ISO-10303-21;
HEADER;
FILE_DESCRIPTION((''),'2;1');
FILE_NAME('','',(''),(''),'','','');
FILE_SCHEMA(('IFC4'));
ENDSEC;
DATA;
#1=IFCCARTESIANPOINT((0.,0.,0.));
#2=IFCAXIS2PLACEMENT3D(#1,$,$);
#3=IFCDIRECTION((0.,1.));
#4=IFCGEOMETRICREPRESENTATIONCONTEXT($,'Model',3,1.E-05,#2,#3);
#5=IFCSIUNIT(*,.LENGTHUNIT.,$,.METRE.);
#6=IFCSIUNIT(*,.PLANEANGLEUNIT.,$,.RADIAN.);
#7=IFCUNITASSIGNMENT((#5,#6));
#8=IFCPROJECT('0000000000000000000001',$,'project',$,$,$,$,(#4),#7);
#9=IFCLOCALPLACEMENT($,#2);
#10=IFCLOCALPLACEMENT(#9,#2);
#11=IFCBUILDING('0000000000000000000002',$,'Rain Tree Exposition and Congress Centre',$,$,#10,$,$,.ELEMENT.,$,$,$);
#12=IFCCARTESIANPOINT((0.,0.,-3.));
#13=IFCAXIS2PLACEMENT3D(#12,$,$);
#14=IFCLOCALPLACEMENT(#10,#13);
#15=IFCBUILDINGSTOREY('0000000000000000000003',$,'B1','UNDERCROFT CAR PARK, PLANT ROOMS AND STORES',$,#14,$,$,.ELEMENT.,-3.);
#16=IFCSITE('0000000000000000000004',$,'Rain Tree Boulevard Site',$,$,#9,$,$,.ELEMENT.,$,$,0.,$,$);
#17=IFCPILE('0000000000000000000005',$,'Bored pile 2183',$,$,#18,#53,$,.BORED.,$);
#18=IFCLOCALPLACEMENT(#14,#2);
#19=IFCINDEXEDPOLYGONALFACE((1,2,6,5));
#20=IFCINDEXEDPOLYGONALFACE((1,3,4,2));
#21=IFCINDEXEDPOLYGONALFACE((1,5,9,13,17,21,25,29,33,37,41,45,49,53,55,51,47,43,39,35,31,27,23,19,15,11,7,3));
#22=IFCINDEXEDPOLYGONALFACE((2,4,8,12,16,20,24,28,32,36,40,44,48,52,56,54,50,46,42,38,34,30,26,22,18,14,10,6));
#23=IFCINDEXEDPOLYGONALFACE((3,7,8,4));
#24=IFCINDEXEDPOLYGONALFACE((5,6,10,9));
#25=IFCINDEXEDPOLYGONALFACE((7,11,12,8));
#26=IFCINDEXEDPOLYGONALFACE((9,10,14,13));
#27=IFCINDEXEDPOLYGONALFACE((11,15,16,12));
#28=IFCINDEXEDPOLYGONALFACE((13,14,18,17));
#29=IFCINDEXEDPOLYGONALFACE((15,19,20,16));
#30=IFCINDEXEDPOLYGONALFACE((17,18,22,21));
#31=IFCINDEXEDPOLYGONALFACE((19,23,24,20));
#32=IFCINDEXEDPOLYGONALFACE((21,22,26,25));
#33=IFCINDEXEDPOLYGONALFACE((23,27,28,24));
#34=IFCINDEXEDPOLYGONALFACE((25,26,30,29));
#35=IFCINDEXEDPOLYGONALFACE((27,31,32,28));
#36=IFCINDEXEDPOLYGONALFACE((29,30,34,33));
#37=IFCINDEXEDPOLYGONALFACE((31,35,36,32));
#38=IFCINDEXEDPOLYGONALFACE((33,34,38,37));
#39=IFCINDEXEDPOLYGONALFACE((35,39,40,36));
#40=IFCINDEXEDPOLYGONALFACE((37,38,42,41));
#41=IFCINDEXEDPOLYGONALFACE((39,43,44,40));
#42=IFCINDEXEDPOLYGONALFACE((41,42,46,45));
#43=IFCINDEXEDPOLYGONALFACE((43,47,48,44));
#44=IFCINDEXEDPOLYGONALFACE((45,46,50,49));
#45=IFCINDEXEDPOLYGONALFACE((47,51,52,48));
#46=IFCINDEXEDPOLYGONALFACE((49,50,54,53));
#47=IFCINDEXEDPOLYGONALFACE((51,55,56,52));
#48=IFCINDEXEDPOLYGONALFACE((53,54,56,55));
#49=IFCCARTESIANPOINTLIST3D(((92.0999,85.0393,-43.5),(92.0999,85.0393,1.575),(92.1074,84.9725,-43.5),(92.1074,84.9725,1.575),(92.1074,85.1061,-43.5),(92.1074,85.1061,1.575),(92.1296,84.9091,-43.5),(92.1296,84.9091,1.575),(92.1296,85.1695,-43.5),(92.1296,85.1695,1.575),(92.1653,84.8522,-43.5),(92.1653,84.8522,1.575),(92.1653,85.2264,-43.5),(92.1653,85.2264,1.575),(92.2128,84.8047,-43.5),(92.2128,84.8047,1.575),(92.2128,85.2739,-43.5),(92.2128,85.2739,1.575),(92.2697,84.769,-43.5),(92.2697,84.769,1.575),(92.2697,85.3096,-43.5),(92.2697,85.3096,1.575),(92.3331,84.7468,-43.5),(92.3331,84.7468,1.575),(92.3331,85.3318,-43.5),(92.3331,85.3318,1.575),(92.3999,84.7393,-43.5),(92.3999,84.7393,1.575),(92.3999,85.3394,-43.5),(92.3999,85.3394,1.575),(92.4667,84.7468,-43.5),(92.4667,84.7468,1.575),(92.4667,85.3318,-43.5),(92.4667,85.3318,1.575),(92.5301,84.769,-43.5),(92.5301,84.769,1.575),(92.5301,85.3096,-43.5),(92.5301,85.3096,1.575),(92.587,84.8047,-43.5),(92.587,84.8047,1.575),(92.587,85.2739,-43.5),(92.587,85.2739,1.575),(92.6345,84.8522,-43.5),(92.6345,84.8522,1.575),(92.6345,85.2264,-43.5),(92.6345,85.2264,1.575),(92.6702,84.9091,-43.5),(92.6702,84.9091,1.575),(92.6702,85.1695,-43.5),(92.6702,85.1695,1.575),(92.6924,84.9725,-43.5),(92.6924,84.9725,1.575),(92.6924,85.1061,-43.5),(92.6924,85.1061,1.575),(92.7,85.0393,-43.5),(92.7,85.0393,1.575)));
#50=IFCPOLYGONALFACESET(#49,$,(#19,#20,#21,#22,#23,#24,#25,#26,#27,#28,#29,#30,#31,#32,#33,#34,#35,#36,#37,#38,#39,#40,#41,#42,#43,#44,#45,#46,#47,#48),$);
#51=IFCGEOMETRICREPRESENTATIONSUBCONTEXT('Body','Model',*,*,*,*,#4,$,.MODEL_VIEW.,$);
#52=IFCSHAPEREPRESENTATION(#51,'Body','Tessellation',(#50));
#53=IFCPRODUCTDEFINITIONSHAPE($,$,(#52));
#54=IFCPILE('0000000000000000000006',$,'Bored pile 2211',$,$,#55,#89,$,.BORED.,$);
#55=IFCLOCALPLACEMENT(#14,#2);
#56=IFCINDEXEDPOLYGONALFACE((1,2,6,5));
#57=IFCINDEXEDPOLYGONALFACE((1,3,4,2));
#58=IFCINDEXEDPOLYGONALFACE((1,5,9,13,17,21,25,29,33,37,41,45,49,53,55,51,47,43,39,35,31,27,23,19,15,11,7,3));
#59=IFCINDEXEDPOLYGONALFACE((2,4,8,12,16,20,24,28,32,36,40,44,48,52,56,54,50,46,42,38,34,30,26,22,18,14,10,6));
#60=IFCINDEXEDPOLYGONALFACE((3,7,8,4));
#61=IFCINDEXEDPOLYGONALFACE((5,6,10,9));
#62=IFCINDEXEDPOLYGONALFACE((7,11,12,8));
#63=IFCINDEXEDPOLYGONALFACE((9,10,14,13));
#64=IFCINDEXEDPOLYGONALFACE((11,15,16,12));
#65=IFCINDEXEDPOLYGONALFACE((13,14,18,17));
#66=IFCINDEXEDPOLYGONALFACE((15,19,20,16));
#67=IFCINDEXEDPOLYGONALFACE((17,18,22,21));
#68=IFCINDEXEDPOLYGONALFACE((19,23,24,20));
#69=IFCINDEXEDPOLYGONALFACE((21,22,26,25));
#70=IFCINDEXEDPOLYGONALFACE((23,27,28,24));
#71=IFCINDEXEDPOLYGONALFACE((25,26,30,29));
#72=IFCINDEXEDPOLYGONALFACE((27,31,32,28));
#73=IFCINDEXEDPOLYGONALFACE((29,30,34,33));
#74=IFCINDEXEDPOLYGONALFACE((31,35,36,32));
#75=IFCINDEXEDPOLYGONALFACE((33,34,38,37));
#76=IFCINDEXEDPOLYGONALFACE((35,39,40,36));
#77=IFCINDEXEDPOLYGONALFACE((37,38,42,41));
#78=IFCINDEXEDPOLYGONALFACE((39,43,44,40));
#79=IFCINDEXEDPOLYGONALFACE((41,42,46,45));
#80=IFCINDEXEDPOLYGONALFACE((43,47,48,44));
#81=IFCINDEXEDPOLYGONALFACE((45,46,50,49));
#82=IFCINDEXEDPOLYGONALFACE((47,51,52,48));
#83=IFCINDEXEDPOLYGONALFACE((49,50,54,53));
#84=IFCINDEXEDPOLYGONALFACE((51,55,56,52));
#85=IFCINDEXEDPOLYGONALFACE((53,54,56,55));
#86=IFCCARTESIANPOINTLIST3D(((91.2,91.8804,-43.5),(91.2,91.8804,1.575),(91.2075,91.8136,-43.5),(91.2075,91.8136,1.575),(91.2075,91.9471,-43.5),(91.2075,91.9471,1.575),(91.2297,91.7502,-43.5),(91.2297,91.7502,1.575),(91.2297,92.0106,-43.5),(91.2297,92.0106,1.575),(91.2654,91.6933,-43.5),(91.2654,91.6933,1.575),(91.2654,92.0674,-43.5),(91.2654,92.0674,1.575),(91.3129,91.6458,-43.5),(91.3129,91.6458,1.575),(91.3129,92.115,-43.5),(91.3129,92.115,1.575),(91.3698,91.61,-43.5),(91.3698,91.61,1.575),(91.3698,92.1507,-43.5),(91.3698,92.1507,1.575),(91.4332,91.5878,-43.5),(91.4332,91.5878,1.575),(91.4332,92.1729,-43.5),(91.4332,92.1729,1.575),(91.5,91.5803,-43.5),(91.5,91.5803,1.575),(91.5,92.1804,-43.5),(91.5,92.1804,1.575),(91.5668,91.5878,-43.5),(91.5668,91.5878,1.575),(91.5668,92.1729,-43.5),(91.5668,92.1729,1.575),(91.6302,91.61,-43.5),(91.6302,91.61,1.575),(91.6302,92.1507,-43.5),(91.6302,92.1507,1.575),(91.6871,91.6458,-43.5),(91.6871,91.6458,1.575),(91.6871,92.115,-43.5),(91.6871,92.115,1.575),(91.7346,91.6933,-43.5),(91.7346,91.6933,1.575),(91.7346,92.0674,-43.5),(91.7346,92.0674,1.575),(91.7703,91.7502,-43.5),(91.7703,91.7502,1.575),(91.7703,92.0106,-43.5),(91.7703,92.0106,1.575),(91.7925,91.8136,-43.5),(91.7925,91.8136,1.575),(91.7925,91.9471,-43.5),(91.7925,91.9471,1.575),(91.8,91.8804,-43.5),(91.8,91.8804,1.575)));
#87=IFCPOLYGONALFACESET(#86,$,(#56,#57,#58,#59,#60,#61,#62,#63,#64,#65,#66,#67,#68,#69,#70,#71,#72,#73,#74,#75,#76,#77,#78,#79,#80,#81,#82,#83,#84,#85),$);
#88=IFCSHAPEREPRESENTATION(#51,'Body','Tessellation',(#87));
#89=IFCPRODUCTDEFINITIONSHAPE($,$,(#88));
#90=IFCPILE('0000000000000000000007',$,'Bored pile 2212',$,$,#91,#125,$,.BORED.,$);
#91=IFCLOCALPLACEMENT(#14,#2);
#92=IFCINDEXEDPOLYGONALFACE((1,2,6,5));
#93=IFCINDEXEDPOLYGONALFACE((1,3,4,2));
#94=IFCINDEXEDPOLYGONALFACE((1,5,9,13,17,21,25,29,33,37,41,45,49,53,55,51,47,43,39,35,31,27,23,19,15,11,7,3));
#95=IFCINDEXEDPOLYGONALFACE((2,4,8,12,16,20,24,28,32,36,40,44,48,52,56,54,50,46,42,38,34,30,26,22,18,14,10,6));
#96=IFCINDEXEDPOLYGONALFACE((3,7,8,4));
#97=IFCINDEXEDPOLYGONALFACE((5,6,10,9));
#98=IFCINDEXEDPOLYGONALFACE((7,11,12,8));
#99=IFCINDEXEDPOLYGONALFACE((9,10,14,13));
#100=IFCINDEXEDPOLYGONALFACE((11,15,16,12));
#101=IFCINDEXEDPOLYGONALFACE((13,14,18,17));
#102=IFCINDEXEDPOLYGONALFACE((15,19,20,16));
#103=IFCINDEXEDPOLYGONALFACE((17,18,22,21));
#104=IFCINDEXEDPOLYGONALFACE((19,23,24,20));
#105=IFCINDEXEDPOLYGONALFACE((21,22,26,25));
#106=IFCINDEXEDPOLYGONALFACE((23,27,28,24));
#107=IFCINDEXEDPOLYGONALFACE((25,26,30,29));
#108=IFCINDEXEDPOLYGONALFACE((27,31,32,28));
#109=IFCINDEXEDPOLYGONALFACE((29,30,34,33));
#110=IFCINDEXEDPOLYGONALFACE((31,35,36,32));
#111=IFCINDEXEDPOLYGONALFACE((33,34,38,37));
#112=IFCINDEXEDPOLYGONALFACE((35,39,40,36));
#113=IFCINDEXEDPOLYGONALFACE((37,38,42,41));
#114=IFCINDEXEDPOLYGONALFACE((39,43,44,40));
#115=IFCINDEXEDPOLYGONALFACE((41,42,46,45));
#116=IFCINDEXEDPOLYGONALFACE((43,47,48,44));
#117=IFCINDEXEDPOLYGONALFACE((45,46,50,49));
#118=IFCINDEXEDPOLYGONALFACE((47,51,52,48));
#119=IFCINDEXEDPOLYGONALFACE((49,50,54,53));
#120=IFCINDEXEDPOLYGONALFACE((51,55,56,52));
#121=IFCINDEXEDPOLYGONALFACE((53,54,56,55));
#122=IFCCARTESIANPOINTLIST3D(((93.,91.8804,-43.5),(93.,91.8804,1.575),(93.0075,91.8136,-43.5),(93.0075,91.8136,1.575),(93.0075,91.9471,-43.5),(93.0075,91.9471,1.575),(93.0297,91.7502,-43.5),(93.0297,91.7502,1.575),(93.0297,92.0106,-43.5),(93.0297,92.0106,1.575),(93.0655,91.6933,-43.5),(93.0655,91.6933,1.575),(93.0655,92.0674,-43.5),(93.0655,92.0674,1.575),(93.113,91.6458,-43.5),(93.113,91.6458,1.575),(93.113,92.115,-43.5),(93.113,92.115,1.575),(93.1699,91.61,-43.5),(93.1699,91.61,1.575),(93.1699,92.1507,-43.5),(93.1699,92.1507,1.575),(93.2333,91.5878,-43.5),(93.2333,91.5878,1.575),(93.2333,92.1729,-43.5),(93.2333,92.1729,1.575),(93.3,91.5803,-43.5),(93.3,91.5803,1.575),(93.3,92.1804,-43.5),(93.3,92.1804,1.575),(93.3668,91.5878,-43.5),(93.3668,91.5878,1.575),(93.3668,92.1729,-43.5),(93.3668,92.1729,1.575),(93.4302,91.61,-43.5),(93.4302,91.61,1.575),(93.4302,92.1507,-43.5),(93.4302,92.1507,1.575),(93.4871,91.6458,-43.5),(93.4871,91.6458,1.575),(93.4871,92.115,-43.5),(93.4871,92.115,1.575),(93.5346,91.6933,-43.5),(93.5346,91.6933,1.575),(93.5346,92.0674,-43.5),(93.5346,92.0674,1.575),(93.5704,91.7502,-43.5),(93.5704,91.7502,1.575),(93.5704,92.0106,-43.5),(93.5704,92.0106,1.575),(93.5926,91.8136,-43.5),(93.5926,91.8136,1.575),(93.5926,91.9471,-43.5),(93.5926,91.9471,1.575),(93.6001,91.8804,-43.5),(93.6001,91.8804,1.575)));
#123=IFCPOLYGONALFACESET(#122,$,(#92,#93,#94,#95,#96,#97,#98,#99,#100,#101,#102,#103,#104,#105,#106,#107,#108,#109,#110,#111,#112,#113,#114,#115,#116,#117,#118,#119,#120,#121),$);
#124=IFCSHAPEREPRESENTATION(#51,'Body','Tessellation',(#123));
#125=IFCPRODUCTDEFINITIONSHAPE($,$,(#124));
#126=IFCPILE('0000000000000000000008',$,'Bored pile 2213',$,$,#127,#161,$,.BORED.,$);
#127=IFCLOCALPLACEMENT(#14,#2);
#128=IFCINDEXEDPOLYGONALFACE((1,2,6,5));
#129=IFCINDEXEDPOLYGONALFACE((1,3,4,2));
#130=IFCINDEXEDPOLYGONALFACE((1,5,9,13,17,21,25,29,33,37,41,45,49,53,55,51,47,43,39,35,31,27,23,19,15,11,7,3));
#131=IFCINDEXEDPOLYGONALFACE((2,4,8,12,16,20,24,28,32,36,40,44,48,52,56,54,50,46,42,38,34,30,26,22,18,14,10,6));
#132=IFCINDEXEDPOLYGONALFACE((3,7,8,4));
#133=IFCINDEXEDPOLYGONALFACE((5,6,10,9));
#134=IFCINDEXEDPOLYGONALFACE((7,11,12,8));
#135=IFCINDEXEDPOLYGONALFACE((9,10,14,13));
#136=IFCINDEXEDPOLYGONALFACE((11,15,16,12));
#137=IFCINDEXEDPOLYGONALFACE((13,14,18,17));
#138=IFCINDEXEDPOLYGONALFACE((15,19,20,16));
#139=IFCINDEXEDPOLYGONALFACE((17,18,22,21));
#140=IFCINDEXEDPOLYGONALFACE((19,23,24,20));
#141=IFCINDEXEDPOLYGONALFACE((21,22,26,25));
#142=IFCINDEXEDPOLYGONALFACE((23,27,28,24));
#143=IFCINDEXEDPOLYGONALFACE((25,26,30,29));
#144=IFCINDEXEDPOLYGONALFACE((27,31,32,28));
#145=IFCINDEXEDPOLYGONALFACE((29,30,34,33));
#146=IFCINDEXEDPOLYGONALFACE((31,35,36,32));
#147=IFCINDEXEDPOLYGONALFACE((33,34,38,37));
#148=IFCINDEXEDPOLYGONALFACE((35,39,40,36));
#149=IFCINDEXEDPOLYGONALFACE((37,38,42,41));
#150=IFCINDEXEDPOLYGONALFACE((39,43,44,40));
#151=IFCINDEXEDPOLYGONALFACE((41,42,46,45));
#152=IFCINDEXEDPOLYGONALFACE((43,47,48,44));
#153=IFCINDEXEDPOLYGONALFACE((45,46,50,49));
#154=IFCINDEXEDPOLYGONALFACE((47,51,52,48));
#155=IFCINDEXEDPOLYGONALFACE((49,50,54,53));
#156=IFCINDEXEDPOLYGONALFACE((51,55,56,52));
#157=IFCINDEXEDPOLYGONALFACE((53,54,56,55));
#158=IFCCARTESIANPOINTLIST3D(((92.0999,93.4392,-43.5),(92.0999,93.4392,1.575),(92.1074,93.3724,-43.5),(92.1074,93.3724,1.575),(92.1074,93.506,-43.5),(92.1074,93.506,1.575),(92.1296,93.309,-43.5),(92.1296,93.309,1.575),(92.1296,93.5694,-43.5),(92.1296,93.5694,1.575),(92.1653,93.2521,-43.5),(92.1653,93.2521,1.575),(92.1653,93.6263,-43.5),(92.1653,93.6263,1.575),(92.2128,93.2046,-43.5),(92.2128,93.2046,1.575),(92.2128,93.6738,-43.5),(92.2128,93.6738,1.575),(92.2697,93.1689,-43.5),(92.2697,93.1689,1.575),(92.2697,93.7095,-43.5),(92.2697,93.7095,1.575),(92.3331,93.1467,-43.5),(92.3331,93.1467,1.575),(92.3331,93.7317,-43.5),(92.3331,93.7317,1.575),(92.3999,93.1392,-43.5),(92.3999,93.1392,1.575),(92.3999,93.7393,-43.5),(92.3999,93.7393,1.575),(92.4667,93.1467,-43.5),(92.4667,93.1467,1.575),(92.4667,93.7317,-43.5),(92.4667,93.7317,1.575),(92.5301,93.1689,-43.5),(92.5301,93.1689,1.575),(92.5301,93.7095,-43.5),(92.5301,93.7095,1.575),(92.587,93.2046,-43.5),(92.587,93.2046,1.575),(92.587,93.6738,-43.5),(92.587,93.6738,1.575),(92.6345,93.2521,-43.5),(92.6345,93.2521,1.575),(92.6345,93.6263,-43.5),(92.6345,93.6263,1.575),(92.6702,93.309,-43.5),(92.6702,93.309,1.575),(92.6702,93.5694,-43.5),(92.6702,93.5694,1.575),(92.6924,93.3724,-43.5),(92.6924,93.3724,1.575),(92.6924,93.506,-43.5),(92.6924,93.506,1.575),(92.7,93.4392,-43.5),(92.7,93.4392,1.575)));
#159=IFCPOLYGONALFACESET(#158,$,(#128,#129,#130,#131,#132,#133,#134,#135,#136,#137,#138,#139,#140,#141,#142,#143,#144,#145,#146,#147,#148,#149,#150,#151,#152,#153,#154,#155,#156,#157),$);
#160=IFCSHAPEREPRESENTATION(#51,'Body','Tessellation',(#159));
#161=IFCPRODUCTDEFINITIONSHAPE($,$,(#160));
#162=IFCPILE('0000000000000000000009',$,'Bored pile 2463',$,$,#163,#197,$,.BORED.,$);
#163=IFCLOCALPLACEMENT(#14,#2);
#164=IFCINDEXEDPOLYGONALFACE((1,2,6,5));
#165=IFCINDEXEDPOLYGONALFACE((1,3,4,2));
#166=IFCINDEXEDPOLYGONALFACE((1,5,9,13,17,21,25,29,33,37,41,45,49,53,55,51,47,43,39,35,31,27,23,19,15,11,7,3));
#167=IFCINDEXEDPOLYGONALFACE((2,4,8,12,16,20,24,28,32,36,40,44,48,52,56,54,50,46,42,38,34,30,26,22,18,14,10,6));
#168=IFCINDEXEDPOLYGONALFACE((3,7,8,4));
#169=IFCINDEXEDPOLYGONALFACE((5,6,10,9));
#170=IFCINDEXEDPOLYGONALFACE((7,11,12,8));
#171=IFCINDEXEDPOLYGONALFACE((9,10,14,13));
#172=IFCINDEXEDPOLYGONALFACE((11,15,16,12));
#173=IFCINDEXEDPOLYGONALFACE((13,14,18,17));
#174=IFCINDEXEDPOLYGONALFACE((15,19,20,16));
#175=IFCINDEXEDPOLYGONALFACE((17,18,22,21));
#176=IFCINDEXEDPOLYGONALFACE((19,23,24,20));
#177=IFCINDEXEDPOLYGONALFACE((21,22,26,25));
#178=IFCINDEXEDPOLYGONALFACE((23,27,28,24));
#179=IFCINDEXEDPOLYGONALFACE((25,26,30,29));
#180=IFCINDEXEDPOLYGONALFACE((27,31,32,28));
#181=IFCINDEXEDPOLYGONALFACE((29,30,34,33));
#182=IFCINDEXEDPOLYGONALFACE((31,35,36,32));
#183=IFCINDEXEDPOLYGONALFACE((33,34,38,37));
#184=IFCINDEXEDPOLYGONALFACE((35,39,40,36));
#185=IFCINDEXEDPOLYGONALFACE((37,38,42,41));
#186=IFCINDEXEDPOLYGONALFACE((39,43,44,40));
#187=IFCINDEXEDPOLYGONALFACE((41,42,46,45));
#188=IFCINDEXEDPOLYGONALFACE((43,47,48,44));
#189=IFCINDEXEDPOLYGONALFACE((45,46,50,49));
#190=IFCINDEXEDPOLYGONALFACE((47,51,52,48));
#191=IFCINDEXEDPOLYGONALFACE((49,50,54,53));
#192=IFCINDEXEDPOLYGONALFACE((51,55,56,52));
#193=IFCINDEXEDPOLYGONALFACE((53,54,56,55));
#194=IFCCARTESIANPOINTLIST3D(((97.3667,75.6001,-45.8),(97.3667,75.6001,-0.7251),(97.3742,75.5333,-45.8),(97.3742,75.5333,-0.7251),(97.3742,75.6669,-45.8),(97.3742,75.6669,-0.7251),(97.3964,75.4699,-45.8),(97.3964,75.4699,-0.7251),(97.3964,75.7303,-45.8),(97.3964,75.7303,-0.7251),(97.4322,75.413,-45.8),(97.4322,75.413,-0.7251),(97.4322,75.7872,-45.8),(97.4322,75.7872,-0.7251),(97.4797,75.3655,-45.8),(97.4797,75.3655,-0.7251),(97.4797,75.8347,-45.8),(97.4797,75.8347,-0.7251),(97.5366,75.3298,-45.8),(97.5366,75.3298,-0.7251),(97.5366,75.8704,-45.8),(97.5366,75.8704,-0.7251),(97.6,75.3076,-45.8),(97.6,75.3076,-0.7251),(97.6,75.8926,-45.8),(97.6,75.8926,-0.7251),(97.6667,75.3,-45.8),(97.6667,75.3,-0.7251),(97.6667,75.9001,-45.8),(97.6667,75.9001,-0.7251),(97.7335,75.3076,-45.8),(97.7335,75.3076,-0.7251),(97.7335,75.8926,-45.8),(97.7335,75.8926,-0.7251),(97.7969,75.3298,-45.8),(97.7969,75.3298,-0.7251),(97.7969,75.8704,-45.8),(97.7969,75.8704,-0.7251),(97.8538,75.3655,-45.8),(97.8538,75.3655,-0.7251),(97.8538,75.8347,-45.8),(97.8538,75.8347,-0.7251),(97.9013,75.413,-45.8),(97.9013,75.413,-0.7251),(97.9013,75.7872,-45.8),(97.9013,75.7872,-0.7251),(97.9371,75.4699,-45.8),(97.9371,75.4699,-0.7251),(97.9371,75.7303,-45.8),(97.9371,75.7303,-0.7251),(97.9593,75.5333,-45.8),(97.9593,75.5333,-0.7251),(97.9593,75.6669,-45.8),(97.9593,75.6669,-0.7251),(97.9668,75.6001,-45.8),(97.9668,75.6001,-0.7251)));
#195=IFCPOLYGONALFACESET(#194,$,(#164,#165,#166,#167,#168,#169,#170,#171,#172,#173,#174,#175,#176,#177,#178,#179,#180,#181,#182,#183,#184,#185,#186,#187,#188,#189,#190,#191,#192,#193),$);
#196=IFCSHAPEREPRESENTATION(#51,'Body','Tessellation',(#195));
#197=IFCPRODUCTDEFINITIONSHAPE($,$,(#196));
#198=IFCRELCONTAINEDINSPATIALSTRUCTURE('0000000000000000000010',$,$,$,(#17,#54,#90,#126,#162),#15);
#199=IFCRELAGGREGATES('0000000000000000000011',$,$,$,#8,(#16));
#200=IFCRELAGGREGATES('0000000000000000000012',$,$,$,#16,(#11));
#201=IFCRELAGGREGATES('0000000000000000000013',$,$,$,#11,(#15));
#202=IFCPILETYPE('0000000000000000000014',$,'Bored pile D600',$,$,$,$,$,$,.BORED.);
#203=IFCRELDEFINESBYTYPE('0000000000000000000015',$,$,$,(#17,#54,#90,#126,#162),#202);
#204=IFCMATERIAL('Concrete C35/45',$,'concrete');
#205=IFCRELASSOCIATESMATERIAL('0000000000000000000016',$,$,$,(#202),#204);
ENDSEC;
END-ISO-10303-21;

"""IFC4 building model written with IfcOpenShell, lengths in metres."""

from ifc_helpers import new_model, si_unit, direction, frame, origin, origin_2d, place, context, subcontext, project, spatial, circle, extrude, material, material_profile, profile_set, type_object, element, save


model = new_model("IFC4")

# Units and contexts
model_context = context("Model", 3, precision=1e-05, world=origin(), true_north=direction((0.0, 1.0)))
body_context = subcontext(model_context, "Body", "Model", "MODEL_VIEW")
ifc_project = project(units=[si_unit("LENGTHUNIT", "METRE"), si_unit("PLANEANGLEUNIT", "RADIAN")], contexts=[model_context])

# Site, building, storey
site_placement = place(None, origin())
site = spatial("IfcSite", under=ifc_project, at=site_placement, Name="Rain Tree Boulevard Site", CompositionType="ELEMENT", RefElevation=0.0)
building_placement = place(site_placement, origin())
building = spatial("IfcBuilding", under=site, at=building_placement, Name="Rain Tree Exposition and Congress Centre", CompositionType="ELEMENT")
storey_placement = place(building_placement, frame((0.0, 0.0, -3.0)))
storey = spatial("IfcBuildingStorey", under=building, at=storey_placement, Name="B1", Description="UNDERCROFT CAR PARK, PLANT ROOMS AND STORES", CompositionType="ELEMENT", Elevation=-3.0)

# Piles
ifc_material_1 = material(Name="Concrete C35/45", Category="concrete")
ifc_material_profile_1 = material_profile(ifc_material_1, circle(Radius=0.3, at=origin_2d()), Name="D600")
ifc_profile_set_1 = profile_set([ifc_material_profile_1], Name="Concrete C35/45")
pile_type_1 = type_object("IfcPileType", Name="Bored pile D600", PredefinedType="BORED", material=ifc_profile_set_1)
for number, where, z_axis, x_axis, name in (
    (1, (92.3999, 85.0393, 1.575), (0.0, 0.0, -1.0), (1.0, 0.0, 0.0), "Bored pile 2183"),
    (2, (91.5, 91.8804, 1.575), (0.0, 0.0, -1.0), (1.0, 0.0, 0.0), "Bored pile 2211"),
    (3, (93.3, 91.8804, 1.575), (0.0, 0.0, -1.0), (1.0, 0.0, 0.0), "Bored pile 2212"),
    (4, (92.3999, 93.4392, 1.575), (0.0, 0.0, -1.0), (1.0, 0.0, 0.0), "Bored pile 2213"),
    (5, (97.6667, 75.6001, -0.7251), (0.0, 0.0, -1.0), (1.0, 0.0, 0.0), "Bored pile 2463"),
):
    element("IfcPile", number, at=place(storey_placement, frame(where, z_axis=z_axis, x_axis=x_axis)), inside=storey, type_object=pile_type_1, Name=name, PredefinedType="BORED", context=body_context, shape_type="SweptSolid", body=[
        extrude(circle(Radius=0.3, at=origin_2d()), origin(), (0.0, 0.0, 1.0), 45.075),
    ])

save(model, "model.ifc")
